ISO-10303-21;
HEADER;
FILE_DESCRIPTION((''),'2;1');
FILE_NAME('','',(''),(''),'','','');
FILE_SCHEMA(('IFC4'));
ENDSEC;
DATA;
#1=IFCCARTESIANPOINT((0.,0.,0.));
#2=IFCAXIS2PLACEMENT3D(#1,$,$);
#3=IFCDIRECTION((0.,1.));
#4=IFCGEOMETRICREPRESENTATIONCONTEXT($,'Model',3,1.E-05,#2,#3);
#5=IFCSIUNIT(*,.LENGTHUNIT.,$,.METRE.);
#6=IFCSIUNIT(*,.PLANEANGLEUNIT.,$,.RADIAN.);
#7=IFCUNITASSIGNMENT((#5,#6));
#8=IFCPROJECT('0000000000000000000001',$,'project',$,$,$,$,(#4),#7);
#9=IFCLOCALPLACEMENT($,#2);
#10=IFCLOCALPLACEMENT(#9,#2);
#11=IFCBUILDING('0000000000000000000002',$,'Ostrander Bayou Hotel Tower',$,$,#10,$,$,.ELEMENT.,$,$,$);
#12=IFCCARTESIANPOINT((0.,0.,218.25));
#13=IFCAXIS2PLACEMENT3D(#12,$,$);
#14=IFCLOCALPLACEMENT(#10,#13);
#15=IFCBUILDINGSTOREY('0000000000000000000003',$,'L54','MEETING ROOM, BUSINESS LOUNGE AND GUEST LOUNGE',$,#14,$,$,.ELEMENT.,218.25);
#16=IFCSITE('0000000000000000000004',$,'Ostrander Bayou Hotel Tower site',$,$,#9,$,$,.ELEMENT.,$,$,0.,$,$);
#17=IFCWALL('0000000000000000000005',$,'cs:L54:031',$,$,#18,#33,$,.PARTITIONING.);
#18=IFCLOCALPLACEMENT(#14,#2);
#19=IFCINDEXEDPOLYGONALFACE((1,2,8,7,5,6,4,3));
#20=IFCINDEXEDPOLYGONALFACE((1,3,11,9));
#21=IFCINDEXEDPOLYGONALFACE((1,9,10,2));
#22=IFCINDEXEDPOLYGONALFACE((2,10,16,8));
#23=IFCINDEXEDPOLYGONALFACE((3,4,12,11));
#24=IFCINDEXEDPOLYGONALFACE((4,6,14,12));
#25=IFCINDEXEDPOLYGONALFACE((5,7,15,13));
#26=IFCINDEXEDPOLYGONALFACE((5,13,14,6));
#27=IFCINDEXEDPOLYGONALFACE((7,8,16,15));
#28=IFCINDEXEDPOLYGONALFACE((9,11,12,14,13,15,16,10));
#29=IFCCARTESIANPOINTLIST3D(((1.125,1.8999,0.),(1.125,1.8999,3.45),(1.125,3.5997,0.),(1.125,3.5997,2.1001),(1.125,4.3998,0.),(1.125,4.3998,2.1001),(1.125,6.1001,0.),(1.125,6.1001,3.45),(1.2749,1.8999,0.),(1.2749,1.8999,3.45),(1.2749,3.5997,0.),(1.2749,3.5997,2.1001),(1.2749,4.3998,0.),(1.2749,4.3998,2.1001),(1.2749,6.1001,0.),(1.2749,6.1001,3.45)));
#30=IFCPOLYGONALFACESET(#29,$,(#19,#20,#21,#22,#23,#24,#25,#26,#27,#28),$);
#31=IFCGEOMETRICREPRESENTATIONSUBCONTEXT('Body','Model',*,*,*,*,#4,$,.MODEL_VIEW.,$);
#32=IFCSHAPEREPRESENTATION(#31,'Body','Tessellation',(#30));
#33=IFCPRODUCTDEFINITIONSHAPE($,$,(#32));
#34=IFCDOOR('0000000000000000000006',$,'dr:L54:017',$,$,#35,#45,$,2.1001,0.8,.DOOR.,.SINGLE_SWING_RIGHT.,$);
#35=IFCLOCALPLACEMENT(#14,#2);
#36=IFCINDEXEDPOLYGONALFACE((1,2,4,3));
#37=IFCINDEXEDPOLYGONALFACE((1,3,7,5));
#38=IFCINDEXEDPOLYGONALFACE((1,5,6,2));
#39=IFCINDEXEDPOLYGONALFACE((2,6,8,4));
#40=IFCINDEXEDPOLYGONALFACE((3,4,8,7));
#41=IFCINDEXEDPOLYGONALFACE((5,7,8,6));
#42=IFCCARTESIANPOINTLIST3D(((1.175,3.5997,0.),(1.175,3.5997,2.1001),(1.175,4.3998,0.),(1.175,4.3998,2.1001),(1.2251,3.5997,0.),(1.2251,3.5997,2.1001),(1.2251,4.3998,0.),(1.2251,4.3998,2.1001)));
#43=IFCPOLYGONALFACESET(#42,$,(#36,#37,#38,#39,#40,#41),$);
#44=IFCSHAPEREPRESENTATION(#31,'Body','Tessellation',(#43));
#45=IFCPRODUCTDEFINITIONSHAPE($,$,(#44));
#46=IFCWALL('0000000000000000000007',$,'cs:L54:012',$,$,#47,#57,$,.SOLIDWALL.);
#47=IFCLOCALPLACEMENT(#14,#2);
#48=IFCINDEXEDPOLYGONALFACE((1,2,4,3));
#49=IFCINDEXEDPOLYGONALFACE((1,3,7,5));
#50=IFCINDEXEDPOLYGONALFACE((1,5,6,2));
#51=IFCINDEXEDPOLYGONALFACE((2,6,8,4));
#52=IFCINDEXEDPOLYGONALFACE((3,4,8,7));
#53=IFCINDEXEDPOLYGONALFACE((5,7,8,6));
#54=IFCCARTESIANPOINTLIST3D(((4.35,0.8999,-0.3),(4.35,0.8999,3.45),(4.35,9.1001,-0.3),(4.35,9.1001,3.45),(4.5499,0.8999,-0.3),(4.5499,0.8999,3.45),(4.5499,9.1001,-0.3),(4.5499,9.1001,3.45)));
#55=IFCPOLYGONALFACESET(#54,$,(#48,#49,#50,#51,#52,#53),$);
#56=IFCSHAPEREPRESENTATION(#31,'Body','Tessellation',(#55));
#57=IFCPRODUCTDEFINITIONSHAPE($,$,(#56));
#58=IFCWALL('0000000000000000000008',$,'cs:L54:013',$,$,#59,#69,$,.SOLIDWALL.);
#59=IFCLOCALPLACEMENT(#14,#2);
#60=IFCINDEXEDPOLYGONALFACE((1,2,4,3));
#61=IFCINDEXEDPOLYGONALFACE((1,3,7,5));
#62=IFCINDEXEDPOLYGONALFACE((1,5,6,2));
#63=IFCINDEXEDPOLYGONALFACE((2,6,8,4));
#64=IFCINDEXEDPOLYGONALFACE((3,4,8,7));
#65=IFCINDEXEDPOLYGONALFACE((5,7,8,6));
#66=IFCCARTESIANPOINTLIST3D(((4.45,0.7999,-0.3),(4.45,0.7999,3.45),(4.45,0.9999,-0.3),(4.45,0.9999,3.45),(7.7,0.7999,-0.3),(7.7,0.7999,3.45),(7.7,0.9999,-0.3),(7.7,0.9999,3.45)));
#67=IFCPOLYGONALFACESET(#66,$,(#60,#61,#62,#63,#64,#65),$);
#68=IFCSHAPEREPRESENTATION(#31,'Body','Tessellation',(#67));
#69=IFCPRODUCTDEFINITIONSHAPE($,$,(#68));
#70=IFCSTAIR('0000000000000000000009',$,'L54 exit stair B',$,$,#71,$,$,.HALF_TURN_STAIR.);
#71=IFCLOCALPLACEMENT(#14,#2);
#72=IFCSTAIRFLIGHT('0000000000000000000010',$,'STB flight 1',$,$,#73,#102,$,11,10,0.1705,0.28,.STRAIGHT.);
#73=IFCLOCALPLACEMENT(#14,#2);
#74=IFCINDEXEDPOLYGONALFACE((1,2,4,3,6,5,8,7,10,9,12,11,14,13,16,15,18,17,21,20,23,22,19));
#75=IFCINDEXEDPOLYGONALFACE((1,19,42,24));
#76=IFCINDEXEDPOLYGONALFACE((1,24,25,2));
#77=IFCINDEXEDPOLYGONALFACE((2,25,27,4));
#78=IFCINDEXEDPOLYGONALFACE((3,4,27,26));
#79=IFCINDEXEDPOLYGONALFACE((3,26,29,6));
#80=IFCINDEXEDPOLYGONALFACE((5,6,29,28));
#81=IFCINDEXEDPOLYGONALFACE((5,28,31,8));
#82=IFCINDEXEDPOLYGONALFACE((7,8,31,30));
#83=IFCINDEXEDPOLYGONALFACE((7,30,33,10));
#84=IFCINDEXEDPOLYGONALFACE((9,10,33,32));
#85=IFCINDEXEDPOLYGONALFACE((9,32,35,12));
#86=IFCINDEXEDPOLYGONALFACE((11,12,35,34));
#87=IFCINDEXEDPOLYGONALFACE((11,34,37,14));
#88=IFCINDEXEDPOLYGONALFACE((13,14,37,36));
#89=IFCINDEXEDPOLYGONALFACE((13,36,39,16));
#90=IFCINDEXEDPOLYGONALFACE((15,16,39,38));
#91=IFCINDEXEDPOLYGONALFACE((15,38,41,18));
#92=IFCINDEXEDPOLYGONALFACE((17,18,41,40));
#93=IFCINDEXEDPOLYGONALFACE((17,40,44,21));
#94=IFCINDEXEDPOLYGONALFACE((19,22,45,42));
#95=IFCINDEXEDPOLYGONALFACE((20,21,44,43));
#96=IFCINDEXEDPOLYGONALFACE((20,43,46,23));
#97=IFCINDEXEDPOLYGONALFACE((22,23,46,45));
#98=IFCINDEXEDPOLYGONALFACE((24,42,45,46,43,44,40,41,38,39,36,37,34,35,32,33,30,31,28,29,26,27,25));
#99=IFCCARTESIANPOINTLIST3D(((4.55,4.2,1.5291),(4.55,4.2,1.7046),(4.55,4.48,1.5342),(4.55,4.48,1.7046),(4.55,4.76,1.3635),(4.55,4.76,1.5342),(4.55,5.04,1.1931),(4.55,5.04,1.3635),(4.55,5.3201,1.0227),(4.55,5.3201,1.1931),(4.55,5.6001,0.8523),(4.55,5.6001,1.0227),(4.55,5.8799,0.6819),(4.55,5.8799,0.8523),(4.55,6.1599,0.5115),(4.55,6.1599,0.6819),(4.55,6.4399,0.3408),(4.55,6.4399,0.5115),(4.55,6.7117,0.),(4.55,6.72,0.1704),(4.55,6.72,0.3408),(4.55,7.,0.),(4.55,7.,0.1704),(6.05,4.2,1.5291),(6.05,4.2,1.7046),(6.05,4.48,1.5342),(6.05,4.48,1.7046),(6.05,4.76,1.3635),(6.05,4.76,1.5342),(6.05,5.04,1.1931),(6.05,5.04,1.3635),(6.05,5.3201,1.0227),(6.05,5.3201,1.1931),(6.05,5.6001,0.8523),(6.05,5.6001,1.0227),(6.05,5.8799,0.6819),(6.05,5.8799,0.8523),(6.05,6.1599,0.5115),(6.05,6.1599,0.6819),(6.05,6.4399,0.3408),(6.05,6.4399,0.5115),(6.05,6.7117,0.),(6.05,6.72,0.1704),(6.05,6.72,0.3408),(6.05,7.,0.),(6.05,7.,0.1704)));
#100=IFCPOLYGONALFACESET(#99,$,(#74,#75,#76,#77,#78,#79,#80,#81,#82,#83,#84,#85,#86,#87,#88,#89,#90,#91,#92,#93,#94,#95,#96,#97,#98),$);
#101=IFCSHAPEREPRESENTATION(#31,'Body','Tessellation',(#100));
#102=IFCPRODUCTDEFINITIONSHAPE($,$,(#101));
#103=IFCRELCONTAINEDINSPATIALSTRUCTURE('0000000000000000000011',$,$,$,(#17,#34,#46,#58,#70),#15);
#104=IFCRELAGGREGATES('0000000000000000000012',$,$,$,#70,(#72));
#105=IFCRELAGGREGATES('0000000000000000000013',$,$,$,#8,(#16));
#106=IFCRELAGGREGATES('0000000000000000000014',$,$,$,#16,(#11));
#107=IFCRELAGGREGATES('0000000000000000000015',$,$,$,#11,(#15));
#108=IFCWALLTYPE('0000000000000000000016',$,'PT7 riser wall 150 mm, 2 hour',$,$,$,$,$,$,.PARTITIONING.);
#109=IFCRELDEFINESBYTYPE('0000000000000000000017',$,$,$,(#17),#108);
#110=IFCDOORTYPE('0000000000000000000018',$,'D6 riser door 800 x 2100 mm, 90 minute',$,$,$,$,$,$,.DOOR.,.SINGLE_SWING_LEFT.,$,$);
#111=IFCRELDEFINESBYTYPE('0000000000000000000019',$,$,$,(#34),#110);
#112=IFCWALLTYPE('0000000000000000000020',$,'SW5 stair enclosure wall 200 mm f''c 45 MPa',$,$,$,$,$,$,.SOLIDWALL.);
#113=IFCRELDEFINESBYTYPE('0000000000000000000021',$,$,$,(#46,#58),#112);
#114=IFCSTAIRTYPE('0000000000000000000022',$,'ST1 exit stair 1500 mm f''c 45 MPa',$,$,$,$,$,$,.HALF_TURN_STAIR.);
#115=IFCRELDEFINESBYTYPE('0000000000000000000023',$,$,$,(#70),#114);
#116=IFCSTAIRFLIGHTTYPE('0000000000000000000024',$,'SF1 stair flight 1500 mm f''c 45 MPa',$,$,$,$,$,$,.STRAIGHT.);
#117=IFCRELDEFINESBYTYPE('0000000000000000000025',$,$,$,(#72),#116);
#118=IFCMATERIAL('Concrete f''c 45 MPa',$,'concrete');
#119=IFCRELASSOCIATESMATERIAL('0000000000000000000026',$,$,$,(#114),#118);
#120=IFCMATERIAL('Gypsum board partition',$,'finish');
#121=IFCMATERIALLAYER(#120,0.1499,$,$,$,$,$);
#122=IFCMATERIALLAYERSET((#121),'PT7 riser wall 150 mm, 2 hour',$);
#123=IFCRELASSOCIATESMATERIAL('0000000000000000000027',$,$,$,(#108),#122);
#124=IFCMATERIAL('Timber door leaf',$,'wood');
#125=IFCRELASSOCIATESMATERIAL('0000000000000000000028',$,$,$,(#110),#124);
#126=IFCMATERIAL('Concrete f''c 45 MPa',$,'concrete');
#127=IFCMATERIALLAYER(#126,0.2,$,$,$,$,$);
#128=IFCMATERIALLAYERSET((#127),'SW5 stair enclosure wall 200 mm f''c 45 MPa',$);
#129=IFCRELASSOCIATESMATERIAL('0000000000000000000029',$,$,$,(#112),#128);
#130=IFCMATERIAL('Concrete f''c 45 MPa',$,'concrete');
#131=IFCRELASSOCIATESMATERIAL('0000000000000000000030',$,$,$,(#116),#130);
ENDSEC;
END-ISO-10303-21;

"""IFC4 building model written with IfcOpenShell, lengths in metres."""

from ifc_helpers import new_model, si_unit, direction, frame, frame_2d, origin, place, context, subcontext, project, spatial, polyline, rectangle, outline, extrude, material, layer, layer_set, type_object, element, fill, aggregate, save


model = new_model("IFC4")

# Units and contexts
model_context = context("Model", 3, precision=1e-05, world=origin(), true_north=direction((0.0, 1.0)))
body_context = subcontext(model_context, "Body", "Model", "MODEL_VIEW")
ifc_project = project(units=[si_unit("LENGTHUNIT", "METRE"), si_unit("PLANEANGLEUNIT", "RADIAN")], contexts=[model_context])

# Site, building, storey
site_placement = place(None, origin())
site = spatial("IfcSite", under=ifc_project, at=site_placement, Name="Ostrander Bayou Hotel Tower site", CompositionType="ELEMENT", RefElevation=0.0)
building_placement = place(site_placement, origin())
building = spatial("IfcBuilding", under=site, at=building_placement, Name="Ostrander Bayou Hotel Tower", CompositionType="ELEMENT")
storey_placement = place(building_placement, frame((0.0, 0.0, 218.25)))
storey = spatial("IfcBuildingStorey", under=building, at=storey_placement, Name="L54", Description="MEETING ROOM, BUSINESS LOUNGE AND GUEST LOUNGE", CompositionType="ELEMENT", Elevation=218.25)

# Shared definitions
ifc_material_1 = material(Name="Concrete f'c 45 MPa", Category="concrete")
stair_type = type_object("IfcStairType", Name="ST1 exit stair 1500 mm f'c 45 MPa", PredefinedType="HALF_TURN_STAIR", material=ifc_material_1)

# Wall, opening, door
ifc_material_2 = material(Name="Gypsum board partition", Category="finish")
ifc_layer_1 = layer(ifc_material_2, 0.1499)
ifc_layer_set_1 = layer_set([ifc_layer_1], Name="PT7 riser wall 150 mm, 2 hour")
wall_type_1 = type_object("IfcWallType", Name="PT7 riser wall 150 mm, 2 hour", PredefinedType="PARTITIONING", material=ifc_layer_set_1)
wall_1_placement = place(storey_placement, frame((1.2, 1.8999, 0.0), z_axis=(0.0, 0.0, 1.0), x_axis=(0.0, 1.0, 0.0)))
wall_1 = element("IfcWall", 1, at=wall_1_placement, inside=storey, type_object=wall_type_1, Name="cs:L54:031", PredefinedType="PARTITIONING", context=body_context, shape_type="SweptSolid", body=[
    extrude(rectangle(XDim=4.2002, YDim=0.1499, at=frame_2d((2.1001, 0.0))), origin(), (0.0, 0.0, 1.0), 3.45),
])
opening_1_placement = place(wall_1_placement, frame((1.7, 0.0, 0.0)))
opening_1 = element("IfcOpeningElement", 2, at=opening_1_placement, cuts=wall_1, PredefinedType="OPENING", context=body_context, shape_type="SweptSolid", body=[
    extrude(rectangle(XDim=0.8, YDim=2.1001, at=frame_2d((0.3999, 1.05))), frame((0.0, 0.075, 0.0), z_axis=(0.0, -1.0, 0.0), x_axis=(1.0, 0.0, 0.0)), (0.0, 0.0, 1.0), 0.1499),
])
ifc_material_3 = material(Name="Timber door leaf", Category="wood")
door_type_1 = type_object("IfcDoorType", Name="D6 riser door 800 x 2100 mm, 90 minute", OperationType="SINGLE_SWING_LEFT", PredefinedType="DOOR", material=ifc_material_3)
door_1_placement = place(opening_1_placement, origin())
door_1 = element("IfcDoor", 3, at=door_1_placement, inside=storey, type_object=door_type_1, Name="dr:L54:017", OperationType="SINGLE_SWING_RIGHT", OverallHeight=2.1001, OverallWidth=0.8, PredefinedType="DOOR", context=body_context, shape_type="SweptSolid", body=[
    extrude(rectangle(XDim=0.8, YDim=2.1001, at=frame_2d((0.3999, 1.05))), frame((0.0, 0.0249, 0.0), z_axis=(0.0, -1.0, 0.0), x_axis=(1.0, 0.0, 0.0)), (0.0, 0.0, 1.0), 0.05),
])
fill(opening_1, door_1)

# Walls
ifc_material_4 = material(Name="Concrete f'c 45 MPa", Category="concrete")
ifc_layer_2 = layer(ifc_material_4, 0.2)
ifc_layer_set_2 = layer_set([ifc_layer_2], Name="SW5 stair enclosure wall 200 mm f'c 45 MPa")
wall_type_2 = type_object("IfcWallType", Name="SW5 stair enclosure wall 200 mm f'c 45 MPa", PredefinedType="SOLIDWALL", material=ifc_layer_set_2)
wall_2_placement = place(storey_placement, frame((4.45, 0.8999, -0.3), z_axis=(0.0, 0.0, 1.0), x_axis=(0.0, 1.0, 0.0)))
element("IfcWall", 4, at=wall_2_placement, inside=storey, type_object=wall_type_2, Name="cs:L54:012", PredefinedType="SOLIDWALL", context=body_context, shape_type="SweptSolid", body=[
    extrude(rectangle(XDim=8.2002, YDim=0.2, at=frame_2d((4.1001, 0.0))), origin(), (0.0, 0.0, 1.0), 3.75),
])
wall_3_placement = place(storey_placement, frame((4.45, 0.8999, -0.3), z_axis=(0.0, 0.0, 1.0), x_axis=(1.0, 0.0, 0.0)))
element("IfcWall", 5, at=wall_3_placement, inside=storey, type_object=wall_type_2, Name="cs:L54:013", PredefinedType="SOLIDWALL", context=body_context, shape_type="SweptSolid", body=[
    extrude(rectangle(XDim=3.25, YDim=0.2, at=frame_2d((1.625, 0.0))), origin(), (0.0, 0.0, 1.0), 3.75),
])

# Stair, stair flight
stair_1_placement = place(storey_placement, origin())
stair_1 = element("IfcStair", 6, at=stair_1_placement, inside=storey, type_object=stair_type, Name="L54 exit stair B", PredefinedType="HALF_TURN_STAIR")
ifc_material_5 = material(Name="Concrete f'c 45 MPa", Category="concrete")
stair_flight_type = type_object("IfcStairFlightType", Name="SF1 stair flight 1500 mm f'c 45 MPa", PredefinedType="STRAIGHT", material=ifc_material_5)
stair_flight_placement = place(storey_placement, frame((5.3, 7.0, 0.0), z_axis=(0.0, 0.0, 1.0), x_axis=(0.0, -1.0, 0.0)))
stair_flight = element("IfcStairFlight", 7, at=stair_flight_placement, type_object=stair_flight_type, Name="STB flight 1", NumberOfRisers=11, NumberOfTreads=10, PredefinedType="STRAIGHT", RiserHeight=0.1705, TreadLength=0.28, context=body_context, shape_type="SweptSolid", body=[
    extrude(outline(polyline([(0.0, 0.0), (0.0, 0.1704), (0.28, 0.1704), (0.28, 0.3408), (0.5601, 0.3408), (0.5601, 0.5115), (0.8401, 0.5115), (0.8401, 0.6819), (1.1201, 0.6819), (1.1201, 0.8523), (1.3999, 0.8523), (1.3999, 1.0227), (1.6799, 1.0227), (1.6799, 1.1931), (1.96, 1.1931), (1.96, 1.3635), (2.24, 1.3635), (2.24, 1.5342), (2.52, 1.5342), (2.52, 1.7046), (2.8, 1.7046), (2.8, 1.875), (2.8, 1.5291), (0.2883, 0.0), (0.0, 0.0)])), frame((0.0, 0.75, 0.0), z_axis=(0.0, -1.0, 0.0), x_axis=(1.0, 0.0, 0.0)), (0.0, 0.0, 1.0), 1.5),
])
aggregate(stair_1, [stair_flight])

save(model, "model.ifc")
